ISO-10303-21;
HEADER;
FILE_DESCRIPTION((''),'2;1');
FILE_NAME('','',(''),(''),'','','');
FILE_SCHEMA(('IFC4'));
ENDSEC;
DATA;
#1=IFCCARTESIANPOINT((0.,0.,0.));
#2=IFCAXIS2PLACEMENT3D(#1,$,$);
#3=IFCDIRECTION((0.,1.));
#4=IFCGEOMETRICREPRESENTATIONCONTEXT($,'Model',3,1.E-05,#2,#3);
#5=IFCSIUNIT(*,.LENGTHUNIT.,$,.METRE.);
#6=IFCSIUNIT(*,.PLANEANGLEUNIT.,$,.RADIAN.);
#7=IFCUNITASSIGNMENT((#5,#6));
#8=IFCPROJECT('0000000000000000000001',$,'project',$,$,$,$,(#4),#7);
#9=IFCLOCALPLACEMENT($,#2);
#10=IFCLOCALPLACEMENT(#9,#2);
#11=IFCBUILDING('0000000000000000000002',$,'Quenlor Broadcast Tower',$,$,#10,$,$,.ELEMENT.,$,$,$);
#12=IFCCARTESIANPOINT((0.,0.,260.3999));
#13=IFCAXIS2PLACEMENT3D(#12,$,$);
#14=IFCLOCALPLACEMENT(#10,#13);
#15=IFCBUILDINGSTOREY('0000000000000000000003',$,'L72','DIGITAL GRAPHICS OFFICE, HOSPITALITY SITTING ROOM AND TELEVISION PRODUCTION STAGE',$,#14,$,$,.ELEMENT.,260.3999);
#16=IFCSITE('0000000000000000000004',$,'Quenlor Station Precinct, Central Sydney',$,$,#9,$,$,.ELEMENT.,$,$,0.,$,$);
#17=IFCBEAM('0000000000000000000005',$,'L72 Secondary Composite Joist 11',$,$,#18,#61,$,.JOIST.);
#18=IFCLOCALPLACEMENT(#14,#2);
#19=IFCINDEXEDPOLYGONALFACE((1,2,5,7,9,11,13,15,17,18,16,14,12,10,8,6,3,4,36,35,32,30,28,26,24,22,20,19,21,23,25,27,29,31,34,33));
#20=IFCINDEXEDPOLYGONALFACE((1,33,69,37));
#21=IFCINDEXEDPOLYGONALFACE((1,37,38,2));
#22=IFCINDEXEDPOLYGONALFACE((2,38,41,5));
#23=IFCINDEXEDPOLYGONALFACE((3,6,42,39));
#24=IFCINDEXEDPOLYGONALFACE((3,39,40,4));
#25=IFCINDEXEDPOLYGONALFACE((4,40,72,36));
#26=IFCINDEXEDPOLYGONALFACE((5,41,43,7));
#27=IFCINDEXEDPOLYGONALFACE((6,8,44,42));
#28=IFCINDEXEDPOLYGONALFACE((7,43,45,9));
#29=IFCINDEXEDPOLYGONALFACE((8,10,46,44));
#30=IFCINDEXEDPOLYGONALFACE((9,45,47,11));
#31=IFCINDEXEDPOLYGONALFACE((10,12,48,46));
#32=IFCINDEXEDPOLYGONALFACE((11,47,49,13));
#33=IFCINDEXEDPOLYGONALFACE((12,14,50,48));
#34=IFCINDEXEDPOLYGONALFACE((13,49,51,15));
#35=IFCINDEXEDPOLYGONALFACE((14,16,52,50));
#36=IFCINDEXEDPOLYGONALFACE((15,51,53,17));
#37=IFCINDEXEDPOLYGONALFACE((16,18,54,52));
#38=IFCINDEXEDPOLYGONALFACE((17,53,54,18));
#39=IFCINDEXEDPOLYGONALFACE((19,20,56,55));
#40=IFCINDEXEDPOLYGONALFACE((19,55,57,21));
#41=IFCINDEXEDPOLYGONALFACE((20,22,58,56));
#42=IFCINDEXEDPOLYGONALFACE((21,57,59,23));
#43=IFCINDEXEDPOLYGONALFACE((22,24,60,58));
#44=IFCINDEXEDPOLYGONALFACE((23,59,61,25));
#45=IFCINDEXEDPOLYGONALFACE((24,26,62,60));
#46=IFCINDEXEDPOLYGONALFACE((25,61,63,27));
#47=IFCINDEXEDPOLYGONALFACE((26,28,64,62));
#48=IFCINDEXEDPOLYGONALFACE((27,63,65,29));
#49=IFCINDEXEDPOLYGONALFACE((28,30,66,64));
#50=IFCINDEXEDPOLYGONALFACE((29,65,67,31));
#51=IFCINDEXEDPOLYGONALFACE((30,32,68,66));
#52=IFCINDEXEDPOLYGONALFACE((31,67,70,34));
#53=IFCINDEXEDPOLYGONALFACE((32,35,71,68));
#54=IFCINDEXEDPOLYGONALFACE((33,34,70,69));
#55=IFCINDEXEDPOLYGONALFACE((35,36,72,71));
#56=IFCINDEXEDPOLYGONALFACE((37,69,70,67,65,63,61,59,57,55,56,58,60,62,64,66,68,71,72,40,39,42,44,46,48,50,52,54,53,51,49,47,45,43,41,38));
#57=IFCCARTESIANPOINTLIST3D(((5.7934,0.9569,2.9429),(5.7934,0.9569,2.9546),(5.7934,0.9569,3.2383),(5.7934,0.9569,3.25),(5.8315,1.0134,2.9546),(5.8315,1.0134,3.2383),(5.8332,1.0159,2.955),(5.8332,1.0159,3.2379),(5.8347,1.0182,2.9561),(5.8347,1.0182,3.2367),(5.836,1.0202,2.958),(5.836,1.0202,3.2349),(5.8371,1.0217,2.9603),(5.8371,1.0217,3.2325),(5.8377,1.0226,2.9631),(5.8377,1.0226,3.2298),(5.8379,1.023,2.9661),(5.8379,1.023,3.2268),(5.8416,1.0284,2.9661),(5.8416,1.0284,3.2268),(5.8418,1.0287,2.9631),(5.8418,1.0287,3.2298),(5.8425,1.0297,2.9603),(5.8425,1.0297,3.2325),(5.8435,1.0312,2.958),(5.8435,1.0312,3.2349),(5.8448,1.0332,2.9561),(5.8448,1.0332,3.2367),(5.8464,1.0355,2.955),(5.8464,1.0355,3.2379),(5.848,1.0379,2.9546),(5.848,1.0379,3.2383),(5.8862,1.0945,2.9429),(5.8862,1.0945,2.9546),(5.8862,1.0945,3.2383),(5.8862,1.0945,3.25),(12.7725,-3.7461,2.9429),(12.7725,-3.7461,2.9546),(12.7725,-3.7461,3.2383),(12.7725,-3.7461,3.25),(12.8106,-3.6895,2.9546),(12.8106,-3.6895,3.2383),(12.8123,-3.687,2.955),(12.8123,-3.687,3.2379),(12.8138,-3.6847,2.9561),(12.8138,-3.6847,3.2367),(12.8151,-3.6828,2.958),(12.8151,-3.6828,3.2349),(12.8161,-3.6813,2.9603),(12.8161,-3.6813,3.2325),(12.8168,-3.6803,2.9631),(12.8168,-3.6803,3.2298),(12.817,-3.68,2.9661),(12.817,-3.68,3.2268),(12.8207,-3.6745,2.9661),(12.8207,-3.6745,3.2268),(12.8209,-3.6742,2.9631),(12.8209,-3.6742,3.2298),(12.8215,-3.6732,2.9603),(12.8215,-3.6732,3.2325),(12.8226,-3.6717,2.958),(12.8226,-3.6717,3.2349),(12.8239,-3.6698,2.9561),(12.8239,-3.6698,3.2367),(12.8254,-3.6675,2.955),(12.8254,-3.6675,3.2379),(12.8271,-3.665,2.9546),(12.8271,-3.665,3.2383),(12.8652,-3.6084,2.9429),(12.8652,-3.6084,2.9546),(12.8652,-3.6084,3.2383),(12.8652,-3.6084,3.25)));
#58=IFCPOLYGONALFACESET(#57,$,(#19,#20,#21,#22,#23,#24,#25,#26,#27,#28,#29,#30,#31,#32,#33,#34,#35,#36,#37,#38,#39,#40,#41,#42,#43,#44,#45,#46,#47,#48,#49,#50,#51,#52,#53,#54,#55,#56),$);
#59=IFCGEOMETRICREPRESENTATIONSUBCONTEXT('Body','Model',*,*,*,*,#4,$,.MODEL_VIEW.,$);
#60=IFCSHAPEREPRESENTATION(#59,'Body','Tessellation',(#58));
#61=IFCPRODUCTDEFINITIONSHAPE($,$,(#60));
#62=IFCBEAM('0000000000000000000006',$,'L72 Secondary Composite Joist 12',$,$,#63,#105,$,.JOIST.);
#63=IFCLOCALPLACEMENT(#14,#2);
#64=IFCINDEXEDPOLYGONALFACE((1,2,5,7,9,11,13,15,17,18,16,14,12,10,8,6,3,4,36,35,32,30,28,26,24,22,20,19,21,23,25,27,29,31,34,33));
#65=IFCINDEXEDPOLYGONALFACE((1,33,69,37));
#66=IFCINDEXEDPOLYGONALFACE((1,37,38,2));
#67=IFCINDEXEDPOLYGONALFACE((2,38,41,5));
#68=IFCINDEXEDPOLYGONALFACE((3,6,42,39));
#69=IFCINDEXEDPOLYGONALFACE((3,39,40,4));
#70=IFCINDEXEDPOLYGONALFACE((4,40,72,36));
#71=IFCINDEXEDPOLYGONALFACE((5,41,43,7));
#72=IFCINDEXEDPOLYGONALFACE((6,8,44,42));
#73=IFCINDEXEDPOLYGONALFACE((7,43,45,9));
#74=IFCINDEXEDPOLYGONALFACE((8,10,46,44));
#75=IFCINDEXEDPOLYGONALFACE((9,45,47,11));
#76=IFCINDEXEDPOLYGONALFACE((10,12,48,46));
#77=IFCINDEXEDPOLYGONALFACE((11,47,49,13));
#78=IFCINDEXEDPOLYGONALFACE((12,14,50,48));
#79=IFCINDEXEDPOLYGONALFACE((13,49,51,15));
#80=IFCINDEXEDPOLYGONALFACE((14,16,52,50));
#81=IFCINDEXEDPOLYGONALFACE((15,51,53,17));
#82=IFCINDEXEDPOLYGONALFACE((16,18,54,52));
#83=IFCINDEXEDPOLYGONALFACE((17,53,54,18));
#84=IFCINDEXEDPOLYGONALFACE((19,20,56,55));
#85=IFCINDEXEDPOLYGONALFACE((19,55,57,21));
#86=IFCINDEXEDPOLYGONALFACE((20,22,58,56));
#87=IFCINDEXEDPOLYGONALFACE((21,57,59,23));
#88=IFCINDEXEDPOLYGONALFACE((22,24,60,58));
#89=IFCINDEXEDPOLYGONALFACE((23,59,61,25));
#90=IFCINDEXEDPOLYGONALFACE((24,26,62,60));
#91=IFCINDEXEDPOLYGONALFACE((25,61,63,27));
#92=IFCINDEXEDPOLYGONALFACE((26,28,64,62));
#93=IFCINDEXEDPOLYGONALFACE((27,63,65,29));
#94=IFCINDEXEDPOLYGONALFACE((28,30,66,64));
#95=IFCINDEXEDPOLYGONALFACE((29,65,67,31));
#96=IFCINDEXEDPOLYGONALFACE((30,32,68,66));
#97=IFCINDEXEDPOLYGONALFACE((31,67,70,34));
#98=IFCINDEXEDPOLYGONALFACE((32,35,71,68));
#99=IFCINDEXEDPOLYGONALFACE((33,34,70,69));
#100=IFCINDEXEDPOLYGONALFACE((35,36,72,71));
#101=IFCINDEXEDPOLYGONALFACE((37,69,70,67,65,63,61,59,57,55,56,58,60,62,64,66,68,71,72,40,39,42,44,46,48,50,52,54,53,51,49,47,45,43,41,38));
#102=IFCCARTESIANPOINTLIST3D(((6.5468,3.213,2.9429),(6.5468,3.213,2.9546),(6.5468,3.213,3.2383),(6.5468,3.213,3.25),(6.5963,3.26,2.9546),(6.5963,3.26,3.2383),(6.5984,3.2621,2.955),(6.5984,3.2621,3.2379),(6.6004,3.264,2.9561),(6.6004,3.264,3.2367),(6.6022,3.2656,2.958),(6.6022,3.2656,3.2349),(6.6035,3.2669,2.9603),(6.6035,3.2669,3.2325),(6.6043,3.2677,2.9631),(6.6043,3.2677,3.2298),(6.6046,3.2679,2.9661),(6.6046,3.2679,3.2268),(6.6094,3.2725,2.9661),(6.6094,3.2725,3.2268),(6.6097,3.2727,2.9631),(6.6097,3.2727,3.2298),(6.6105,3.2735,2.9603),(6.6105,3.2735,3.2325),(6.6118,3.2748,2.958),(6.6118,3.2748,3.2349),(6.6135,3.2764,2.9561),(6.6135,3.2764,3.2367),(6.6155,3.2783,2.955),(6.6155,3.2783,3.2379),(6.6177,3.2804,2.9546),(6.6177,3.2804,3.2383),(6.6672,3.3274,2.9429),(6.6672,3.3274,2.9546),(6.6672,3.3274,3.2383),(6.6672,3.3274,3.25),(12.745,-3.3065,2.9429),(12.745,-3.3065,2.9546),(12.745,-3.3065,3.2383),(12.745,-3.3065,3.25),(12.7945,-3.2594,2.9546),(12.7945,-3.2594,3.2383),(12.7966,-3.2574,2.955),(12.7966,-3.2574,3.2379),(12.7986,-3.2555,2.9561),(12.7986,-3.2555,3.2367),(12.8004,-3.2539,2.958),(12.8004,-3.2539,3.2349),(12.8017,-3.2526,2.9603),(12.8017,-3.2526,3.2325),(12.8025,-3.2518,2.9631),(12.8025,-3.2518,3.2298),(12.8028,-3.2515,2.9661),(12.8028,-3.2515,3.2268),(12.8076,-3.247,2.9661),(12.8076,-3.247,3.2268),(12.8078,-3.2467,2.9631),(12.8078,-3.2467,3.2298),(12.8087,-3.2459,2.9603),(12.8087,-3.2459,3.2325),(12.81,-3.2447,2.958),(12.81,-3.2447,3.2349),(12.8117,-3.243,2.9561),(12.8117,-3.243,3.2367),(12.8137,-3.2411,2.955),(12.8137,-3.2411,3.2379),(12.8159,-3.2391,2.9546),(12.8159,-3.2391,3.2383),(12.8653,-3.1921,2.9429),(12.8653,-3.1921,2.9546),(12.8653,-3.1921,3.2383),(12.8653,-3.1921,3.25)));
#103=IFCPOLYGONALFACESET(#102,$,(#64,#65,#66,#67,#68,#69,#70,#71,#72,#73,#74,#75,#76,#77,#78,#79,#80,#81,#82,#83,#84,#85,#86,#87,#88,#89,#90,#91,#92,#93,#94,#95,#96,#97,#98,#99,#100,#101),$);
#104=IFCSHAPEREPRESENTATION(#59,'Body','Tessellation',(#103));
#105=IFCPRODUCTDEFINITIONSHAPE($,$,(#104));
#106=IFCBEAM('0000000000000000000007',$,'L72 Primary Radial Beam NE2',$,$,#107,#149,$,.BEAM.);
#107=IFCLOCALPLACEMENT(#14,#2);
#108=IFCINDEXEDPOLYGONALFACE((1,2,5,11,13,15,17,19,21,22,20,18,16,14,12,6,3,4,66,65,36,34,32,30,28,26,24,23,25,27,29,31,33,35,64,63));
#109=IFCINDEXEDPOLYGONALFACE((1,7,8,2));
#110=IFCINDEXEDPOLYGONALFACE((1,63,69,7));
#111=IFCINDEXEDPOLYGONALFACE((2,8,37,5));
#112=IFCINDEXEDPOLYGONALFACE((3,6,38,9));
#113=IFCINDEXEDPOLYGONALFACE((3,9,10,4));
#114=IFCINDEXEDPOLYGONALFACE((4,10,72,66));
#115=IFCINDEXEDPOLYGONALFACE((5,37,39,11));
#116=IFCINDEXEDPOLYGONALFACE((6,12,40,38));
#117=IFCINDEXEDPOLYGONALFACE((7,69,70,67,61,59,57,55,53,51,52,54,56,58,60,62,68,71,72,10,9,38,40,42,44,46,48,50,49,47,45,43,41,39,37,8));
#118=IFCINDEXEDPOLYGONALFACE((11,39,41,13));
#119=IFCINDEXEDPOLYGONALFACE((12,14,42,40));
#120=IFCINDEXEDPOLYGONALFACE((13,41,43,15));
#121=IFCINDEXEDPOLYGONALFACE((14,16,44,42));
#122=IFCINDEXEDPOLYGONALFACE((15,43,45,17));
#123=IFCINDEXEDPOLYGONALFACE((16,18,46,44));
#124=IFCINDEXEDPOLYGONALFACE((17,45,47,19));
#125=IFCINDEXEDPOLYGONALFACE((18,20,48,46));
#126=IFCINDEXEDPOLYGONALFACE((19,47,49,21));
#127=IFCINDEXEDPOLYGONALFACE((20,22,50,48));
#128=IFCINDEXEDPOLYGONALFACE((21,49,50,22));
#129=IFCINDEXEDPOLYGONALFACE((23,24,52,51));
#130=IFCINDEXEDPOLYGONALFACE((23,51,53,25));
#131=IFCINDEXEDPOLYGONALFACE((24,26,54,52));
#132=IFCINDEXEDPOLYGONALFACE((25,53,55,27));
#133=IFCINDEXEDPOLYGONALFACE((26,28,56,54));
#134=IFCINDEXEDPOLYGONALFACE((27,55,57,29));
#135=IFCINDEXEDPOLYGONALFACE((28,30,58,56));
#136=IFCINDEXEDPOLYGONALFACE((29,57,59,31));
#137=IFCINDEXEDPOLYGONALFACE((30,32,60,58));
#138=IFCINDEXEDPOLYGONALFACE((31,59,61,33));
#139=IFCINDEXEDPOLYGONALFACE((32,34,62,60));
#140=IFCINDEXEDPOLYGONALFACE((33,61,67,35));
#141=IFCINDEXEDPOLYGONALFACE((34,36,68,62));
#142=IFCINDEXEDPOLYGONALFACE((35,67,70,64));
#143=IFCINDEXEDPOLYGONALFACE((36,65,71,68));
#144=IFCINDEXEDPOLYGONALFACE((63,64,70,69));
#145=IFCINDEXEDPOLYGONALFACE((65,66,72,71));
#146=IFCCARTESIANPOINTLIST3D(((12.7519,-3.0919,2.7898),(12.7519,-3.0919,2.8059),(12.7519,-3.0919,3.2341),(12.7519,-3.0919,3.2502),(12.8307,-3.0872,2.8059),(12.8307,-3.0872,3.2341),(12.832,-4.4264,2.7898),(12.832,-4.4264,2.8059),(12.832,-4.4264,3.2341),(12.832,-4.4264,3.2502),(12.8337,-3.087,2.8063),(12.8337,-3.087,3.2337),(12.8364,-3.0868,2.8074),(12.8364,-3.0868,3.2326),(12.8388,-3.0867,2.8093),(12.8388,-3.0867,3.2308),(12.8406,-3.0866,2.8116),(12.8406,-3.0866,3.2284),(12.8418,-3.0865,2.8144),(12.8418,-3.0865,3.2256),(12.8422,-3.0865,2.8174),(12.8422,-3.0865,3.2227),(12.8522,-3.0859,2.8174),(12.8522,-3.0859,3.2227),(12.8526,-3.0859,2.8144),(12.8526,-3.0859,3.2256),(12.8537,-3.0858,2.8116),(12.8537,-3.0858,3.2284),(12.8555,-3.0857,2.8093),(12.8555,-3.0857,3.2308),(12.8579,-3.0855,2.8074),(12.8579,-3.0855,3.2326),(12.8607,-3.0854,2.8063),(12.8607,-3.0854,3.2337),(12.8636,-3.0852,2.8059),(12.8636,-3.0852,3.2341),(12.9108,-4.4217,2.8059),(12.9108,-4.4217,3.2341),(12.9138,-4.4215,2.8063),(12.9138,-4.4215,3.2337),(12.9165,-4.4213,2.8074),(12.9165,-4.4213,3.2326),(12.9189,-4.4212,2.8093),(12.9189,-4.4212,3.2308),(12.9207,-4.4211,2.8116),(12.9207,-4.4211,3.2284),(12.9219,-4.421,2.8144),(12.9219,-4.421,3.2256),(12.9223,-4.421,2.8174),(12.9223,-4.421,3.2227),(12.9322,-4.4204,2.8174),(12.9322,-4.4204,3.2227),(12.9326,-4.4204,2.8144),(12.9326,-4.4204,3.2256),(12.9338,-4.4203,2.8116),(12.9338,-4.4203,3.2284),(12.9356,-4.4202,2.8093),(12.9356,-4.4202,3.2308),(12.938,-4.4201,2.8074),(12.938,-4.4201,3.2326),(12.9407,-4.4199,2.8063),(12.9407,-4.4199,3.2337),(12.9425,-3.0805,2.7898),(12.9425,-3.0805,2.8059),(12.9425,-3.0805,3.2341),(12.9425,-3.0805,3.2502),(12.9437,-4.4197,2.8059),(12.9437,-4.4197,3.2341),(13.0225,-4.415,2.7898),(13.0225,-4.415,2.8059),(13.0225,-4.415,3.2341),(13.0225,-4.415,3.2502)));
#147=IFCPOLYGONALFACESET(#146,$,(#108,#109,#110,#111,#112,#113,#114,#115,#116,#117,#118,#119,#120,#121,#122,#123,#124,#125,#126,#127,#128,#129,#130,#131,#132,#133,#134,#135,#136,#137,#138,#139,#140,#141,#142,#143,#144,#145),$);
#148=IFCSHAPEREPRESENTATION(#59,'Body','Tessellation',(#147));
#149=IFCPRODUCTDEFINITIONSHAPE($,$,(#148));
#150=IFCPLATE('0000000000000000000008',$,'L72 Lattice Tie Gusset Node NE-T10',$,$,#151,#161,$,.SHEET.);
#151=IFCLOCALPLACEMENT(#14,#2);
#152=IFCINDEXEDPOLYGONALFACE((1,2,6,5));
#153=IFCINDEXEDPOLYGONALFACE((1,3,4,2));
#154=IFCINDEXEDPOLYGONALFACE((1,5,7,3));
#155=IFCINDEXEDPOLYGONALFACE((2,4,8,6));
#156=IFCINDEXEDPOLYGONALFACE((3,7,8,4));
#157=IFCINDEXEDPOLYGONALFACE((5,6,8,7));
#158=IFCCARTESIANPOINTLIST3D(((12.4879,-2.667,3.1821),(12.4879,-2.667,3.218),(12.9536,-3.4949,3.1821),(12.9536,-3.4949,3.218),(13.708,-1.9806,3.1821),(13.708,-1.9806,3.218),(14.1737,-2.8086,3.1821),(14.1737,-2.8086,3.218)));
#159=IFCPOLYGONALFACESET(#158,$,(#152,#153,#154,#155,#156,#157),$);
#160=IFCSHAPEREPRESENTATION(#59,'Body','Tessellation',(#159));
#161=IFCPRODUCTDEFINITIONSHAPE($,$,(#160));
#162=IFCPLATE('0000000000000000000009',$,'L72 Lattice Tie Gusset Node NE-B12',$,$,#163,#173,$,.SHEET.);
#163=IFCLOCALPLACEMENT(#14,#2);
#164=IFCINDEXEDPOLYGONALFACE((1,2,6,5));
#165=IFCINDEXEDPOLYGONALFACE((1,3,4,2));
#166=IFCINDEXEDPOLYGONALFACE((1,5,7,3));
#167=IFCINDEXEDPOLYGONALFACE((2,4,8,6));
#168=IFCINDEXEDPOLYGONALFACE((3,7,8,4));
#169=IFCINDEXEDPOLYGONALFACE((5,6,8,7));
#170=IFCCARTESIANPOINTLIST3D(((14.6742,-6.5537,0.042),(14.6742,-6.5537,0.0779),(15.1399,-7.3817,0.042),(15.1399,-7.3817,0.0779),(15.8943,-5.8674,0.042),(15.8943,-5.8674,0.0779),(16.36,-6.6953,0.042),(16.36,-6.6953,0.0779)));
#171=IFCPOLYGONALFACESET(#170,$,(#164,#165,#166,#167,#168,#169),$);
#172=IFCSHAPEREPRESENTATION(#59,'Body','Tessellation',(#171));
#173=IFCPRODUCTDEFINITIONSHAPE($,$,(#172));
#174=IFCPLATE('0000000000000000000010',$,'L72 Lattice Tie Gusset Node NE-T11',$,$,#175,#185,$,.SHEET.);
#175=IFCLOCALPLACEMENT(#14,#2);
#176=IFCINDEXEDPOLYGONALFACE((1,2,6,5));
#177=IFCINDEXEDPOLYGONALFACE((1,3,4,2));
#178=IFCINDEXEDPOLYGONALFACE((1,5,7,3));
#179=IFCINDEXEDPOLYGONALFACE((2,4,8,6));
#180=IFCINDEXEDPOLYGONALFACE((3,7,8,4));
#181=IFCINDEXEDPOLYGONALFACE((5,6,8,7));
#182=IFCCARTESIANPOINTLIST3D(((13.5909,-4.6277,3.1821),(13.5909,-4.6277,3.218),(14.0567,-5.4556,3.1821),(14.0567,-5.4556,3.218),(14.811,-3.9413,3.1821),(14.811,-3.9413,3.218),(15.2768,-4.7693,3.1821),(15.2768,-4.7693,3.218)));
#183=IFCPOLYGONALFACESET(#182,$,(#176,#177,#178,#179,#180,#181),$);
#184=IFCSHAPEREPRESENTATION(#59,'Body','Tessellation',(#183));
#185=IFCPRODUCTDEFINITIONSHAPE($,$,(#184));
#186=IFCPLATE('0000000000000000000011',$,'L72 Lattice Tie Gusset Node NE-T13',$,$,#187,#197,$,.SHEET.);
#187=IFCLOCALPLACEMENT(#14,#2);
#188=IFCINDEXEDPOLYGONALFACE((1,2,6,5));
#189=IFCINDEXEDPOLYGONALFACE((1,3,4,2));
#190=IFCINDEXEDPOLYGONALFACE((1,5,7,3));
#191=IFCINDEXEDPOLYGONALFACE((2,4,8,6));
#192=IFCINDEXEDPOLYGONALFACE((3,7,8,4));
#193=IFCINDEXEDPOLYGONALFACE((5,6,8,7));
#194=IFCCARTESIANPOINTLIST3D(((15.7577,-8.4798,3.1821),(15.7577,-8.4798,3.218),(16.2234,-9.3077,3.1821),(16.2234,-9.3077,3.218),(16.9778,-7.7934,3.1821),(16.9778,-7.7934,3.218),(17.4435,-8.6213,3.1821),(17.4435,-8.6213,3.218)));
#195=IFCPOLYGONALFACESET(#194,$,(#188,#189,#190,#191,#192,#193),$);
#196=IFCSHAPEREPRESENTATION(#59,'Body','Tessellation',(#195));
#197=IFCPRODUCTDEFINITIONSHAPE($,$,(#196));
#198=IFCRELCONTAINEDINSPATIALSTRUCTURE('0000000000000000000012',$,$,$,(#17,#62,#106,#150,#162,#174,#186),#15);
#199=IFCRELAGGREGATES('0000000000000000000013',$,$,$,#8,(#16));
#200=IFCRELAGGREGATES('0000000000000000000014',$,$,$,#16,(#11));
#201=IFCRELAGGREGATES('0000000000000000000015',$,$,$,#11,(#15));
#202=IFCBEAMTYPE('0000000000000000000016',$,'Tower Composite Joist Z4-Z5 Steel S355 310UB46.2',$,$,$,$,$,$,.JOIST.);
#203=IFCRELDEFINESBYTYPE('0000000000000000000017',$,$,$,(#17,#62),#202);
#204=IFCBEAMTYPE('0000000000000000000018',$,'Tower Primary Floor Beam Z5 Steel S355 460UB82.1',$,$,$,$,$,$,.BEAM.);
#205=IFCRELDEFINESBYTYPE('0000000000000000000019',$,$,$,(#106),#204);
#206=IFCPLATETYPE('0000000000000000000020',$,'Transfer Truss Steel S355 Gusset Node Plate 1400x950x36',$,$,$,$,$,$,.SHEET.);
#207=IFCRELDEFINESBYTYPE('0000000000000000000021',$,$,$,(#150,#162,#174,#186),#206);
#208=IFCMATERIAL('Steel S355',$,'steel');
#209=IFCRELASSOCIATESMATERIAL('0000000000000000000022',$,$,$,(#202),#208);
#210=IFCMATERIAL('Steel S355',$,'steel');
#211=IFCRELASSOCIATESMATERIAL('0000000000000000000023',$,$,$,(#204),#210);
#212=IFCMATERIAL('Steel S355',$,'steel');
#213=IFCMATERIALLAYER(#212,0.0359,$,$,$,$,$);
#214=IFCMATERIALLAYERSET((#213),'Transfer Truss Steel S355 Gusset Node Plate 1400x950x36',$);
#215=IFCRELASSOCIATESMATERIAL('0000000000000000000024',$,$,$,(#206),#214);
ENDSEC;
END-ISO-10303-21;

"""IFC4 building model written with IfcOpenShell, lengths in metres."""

from ifc_helpers import new_model, si_unit, direction, frame, origin, origin_2d, place, context, subcontext, project, spatial, rectangle, i_section, extrude, material, layer, layer_set, material_profile, profile_set, type_object, element, save


model = new_model("IFC4")

# Units and contexts
model_context = context("Model", 3, precision=1e-05, world=origin(), true_north=direction((0.0, 1.0)))
body_context = subcontext(model_context, "Body", "Model", "MODEL_VIEW")
ifc_project = project(units=[si_unit("LENGTHUNIT", "METRE"), si_unit("PLANEANGLEUNIT", "RADIAN")], contexts=[model_context])

# Site, building, storey
site_placement = place(None, origin())
site = spatial("IfcSite", under=ifc_project, at=site_placement, Name="Quenlor Station Precinct, Central Sydney", CompositionType="ELEMENT", RefElevation=0.0)
building_placement = place(site_placement, origin())
building = spatial("IfcBuilding", under=site, at=building_placement, Name="Quenlor Broadcast Tower", CompositionType="ELEMENT")
storey_placement = place(building_placement, frame((0.0, 0.0, 260.3999)))
storey = spatial("IfcBuildingStorey", under=building, at=storey_placement, Name="L72", Description="DIGITAL GRAPHICS OFFICE, HOSPITALITY SITTING ROOM AND TELEVISION PRODUCTION STAGE", CompositionType="ELEMENT", Elevation=260.3999)

# Beams
ifc_material_1 = material(Name="Steel S355", Category="steel")
ifc_material_profile_1 = material_profile(ifc_material_1, i_section(OverallWidth=0.166, OverallDepth=0.3071, WebThickness=0.0066, FlangeThickness=0.0117, FilletRadius=0.0115, at=origin_2d()))
ifc_profile_set_1 = profile_set([ifc_material_profile_1], Name="Steel S355 310UB46.2")
beam_type_1 = type_object("IfcBeamType", Name="Tower Composite Joist Z4-Z5 Steel S355 310UB46.2", PredefinedType="JOIST", material=ifc_profile_set_1)
beam_1_placement = place(storey_placement, frame((12.8188, -3.6772, 3.0964), z_axis=(-0.829286, 0.558824, 0.0), x_axis=(-0.558824, -0.829286, 0.0)))
element("IfcBeam", 1, at=beam_1_placement, inside=storey, type_object=beam_type_1, Name="L72 Secondary Composite Joist 11", PredefinedType="JOIST", context=body_context, shape_type="SweptSolid", body=[
    extrude(i_section(OverallWidth=0.166, OverallDepth=0.3071, WebThickness=0.0066, FlangeThickness=0.0117, FilletRadius=0.0115, at=origin_2d()), origin(), (0.0, 0.0, 1.0), 8.4158),
])
beam_2_placement = place(storey_placement, frame((12.8052, -3.2493, 3.0964), z_axis=(-0.689023, 0.724739, 0.0), x_axis=(-0.724739, -0.689023, 0.0)))
element("IfcBeam", 2, at=beam_2_placement, inside=storey, type_object=beam_type_1, Name="L72 Secondary Composite Joist 12", PredefinedType="JOIST", context=body_context, shape_type="SweptSolid", body=[
    extrude(i_section(OverallWidth=0.166, OverallDepth=0.3071, WebThickness=0.0066, FlangeThickness=0.0117, FilletRadius=0.0115, at=origin_2d()), origin(), (0.0, 0.0, 1.0), 8.9956),
])
ifc_material_2 = material(Name="Steel S355", Category="steel")
ifc_material_profile_2 = material_profile(ifc_material_2, i_section(OverallWidth=0.1909, OverallDepth=0.4604, WebThickness=0.01, FlangeThickness=0.0161, FilletRadius=0.0115, at=origin_2d()))
ifc_profile_set_2 = profile_set([ifc_material_profile_2], Name="Steel S355 460UB82.1")
beam_type_2 = type_object("IfcBeamType", Name="Tower Primary Floor Beam Z5 Steel S355 460UB82.1", PredefinedType="BEAM", material=ifc_profile_set_2)
beam_3_placement = place(storey_placement, frame((12.8472, -3.0862, 3.02), z_axis=(0.0599, -0.998204, 0.0), x_axis=(0.998204, 0.0599, 0.0)))
element("IfcBeam", 3, at=beam_3_placement, inside=storey, type_object=beam_type_2, Name="L72 Primary Radial Beam NE2", PredefinedType="BEAM", context=body_context, shape_type="SweptSolid", body=[
    extrude(i_section(OverallWidth=0.1909, OverallDepth=0.4604, WebThickness=0.01, FlangeThickness=0.0161, FilletRadius=0.0115, at=origin_2d()), origin(), (0.0, 0.0, 1.0), 1.3369),
])

# Plates
ifc_material_3 = material(Name="Steel S355", Category="steel")
ifc_layer_1 = layer(ifc_material_3, 0.0359)
ifc_layer_set_1 = layer_set([ifc_layer_1], Name="Transfer Truss Steel S355 Gusset Node Plate 1400x950x36")
plate_type = type_object("IfcPlateType", Name="Transfer Truss Steel S355 Gusset Node Plate 1400x950x36", PredefinedType="SHEET", material=ifc_layer_set_1)
for number, where, z_axis, x_axis, name in (
    (4, (13.3308, -2.7378, 3.1821), (0.0, 0.0, 1.0), (0.871556, 0.490295, 0.0), "L72 Lattice Tie Gusset Node NE-T10"),
    (5, (15.5171, -6.6245, 0.042), (0.0, 0.0, 1.0), (0.871556, 0.490295, 0.0), "L72 Lattice Tie Gusset Node NE-B12"),
    (6, (14.4338, -4.6985, 3.1821), (0.0, 0.0, 1.0), (0.871556, 0.490295, 0.0), "L72 Lattice Tie Gusset Node NE-T11"),
    (7, (16.6006, -8.5505, 3.1821), (0.0, 0.0, 1.0), (0.871556, 0.490295, 0.0), "L72 Lattice Tie Gusset Node NE-T13"),
):
    element("IfcPlate", number, at=place(storey_placement, frame(where, z_axis=z_axis, x_axis=x_axis)), inside=storey, type_object=plate_type, Name=name, PredefinedType="SHEET", context=body_context, shape_type="SweptSolid", body=[
        extrude(rectangle(XDim=1.3999, YDim=0.95, at=origin_2d()), origin(), (0.0, 0.0, 1.0), 0.0359),
    ])

save(model, "model.ifc")
